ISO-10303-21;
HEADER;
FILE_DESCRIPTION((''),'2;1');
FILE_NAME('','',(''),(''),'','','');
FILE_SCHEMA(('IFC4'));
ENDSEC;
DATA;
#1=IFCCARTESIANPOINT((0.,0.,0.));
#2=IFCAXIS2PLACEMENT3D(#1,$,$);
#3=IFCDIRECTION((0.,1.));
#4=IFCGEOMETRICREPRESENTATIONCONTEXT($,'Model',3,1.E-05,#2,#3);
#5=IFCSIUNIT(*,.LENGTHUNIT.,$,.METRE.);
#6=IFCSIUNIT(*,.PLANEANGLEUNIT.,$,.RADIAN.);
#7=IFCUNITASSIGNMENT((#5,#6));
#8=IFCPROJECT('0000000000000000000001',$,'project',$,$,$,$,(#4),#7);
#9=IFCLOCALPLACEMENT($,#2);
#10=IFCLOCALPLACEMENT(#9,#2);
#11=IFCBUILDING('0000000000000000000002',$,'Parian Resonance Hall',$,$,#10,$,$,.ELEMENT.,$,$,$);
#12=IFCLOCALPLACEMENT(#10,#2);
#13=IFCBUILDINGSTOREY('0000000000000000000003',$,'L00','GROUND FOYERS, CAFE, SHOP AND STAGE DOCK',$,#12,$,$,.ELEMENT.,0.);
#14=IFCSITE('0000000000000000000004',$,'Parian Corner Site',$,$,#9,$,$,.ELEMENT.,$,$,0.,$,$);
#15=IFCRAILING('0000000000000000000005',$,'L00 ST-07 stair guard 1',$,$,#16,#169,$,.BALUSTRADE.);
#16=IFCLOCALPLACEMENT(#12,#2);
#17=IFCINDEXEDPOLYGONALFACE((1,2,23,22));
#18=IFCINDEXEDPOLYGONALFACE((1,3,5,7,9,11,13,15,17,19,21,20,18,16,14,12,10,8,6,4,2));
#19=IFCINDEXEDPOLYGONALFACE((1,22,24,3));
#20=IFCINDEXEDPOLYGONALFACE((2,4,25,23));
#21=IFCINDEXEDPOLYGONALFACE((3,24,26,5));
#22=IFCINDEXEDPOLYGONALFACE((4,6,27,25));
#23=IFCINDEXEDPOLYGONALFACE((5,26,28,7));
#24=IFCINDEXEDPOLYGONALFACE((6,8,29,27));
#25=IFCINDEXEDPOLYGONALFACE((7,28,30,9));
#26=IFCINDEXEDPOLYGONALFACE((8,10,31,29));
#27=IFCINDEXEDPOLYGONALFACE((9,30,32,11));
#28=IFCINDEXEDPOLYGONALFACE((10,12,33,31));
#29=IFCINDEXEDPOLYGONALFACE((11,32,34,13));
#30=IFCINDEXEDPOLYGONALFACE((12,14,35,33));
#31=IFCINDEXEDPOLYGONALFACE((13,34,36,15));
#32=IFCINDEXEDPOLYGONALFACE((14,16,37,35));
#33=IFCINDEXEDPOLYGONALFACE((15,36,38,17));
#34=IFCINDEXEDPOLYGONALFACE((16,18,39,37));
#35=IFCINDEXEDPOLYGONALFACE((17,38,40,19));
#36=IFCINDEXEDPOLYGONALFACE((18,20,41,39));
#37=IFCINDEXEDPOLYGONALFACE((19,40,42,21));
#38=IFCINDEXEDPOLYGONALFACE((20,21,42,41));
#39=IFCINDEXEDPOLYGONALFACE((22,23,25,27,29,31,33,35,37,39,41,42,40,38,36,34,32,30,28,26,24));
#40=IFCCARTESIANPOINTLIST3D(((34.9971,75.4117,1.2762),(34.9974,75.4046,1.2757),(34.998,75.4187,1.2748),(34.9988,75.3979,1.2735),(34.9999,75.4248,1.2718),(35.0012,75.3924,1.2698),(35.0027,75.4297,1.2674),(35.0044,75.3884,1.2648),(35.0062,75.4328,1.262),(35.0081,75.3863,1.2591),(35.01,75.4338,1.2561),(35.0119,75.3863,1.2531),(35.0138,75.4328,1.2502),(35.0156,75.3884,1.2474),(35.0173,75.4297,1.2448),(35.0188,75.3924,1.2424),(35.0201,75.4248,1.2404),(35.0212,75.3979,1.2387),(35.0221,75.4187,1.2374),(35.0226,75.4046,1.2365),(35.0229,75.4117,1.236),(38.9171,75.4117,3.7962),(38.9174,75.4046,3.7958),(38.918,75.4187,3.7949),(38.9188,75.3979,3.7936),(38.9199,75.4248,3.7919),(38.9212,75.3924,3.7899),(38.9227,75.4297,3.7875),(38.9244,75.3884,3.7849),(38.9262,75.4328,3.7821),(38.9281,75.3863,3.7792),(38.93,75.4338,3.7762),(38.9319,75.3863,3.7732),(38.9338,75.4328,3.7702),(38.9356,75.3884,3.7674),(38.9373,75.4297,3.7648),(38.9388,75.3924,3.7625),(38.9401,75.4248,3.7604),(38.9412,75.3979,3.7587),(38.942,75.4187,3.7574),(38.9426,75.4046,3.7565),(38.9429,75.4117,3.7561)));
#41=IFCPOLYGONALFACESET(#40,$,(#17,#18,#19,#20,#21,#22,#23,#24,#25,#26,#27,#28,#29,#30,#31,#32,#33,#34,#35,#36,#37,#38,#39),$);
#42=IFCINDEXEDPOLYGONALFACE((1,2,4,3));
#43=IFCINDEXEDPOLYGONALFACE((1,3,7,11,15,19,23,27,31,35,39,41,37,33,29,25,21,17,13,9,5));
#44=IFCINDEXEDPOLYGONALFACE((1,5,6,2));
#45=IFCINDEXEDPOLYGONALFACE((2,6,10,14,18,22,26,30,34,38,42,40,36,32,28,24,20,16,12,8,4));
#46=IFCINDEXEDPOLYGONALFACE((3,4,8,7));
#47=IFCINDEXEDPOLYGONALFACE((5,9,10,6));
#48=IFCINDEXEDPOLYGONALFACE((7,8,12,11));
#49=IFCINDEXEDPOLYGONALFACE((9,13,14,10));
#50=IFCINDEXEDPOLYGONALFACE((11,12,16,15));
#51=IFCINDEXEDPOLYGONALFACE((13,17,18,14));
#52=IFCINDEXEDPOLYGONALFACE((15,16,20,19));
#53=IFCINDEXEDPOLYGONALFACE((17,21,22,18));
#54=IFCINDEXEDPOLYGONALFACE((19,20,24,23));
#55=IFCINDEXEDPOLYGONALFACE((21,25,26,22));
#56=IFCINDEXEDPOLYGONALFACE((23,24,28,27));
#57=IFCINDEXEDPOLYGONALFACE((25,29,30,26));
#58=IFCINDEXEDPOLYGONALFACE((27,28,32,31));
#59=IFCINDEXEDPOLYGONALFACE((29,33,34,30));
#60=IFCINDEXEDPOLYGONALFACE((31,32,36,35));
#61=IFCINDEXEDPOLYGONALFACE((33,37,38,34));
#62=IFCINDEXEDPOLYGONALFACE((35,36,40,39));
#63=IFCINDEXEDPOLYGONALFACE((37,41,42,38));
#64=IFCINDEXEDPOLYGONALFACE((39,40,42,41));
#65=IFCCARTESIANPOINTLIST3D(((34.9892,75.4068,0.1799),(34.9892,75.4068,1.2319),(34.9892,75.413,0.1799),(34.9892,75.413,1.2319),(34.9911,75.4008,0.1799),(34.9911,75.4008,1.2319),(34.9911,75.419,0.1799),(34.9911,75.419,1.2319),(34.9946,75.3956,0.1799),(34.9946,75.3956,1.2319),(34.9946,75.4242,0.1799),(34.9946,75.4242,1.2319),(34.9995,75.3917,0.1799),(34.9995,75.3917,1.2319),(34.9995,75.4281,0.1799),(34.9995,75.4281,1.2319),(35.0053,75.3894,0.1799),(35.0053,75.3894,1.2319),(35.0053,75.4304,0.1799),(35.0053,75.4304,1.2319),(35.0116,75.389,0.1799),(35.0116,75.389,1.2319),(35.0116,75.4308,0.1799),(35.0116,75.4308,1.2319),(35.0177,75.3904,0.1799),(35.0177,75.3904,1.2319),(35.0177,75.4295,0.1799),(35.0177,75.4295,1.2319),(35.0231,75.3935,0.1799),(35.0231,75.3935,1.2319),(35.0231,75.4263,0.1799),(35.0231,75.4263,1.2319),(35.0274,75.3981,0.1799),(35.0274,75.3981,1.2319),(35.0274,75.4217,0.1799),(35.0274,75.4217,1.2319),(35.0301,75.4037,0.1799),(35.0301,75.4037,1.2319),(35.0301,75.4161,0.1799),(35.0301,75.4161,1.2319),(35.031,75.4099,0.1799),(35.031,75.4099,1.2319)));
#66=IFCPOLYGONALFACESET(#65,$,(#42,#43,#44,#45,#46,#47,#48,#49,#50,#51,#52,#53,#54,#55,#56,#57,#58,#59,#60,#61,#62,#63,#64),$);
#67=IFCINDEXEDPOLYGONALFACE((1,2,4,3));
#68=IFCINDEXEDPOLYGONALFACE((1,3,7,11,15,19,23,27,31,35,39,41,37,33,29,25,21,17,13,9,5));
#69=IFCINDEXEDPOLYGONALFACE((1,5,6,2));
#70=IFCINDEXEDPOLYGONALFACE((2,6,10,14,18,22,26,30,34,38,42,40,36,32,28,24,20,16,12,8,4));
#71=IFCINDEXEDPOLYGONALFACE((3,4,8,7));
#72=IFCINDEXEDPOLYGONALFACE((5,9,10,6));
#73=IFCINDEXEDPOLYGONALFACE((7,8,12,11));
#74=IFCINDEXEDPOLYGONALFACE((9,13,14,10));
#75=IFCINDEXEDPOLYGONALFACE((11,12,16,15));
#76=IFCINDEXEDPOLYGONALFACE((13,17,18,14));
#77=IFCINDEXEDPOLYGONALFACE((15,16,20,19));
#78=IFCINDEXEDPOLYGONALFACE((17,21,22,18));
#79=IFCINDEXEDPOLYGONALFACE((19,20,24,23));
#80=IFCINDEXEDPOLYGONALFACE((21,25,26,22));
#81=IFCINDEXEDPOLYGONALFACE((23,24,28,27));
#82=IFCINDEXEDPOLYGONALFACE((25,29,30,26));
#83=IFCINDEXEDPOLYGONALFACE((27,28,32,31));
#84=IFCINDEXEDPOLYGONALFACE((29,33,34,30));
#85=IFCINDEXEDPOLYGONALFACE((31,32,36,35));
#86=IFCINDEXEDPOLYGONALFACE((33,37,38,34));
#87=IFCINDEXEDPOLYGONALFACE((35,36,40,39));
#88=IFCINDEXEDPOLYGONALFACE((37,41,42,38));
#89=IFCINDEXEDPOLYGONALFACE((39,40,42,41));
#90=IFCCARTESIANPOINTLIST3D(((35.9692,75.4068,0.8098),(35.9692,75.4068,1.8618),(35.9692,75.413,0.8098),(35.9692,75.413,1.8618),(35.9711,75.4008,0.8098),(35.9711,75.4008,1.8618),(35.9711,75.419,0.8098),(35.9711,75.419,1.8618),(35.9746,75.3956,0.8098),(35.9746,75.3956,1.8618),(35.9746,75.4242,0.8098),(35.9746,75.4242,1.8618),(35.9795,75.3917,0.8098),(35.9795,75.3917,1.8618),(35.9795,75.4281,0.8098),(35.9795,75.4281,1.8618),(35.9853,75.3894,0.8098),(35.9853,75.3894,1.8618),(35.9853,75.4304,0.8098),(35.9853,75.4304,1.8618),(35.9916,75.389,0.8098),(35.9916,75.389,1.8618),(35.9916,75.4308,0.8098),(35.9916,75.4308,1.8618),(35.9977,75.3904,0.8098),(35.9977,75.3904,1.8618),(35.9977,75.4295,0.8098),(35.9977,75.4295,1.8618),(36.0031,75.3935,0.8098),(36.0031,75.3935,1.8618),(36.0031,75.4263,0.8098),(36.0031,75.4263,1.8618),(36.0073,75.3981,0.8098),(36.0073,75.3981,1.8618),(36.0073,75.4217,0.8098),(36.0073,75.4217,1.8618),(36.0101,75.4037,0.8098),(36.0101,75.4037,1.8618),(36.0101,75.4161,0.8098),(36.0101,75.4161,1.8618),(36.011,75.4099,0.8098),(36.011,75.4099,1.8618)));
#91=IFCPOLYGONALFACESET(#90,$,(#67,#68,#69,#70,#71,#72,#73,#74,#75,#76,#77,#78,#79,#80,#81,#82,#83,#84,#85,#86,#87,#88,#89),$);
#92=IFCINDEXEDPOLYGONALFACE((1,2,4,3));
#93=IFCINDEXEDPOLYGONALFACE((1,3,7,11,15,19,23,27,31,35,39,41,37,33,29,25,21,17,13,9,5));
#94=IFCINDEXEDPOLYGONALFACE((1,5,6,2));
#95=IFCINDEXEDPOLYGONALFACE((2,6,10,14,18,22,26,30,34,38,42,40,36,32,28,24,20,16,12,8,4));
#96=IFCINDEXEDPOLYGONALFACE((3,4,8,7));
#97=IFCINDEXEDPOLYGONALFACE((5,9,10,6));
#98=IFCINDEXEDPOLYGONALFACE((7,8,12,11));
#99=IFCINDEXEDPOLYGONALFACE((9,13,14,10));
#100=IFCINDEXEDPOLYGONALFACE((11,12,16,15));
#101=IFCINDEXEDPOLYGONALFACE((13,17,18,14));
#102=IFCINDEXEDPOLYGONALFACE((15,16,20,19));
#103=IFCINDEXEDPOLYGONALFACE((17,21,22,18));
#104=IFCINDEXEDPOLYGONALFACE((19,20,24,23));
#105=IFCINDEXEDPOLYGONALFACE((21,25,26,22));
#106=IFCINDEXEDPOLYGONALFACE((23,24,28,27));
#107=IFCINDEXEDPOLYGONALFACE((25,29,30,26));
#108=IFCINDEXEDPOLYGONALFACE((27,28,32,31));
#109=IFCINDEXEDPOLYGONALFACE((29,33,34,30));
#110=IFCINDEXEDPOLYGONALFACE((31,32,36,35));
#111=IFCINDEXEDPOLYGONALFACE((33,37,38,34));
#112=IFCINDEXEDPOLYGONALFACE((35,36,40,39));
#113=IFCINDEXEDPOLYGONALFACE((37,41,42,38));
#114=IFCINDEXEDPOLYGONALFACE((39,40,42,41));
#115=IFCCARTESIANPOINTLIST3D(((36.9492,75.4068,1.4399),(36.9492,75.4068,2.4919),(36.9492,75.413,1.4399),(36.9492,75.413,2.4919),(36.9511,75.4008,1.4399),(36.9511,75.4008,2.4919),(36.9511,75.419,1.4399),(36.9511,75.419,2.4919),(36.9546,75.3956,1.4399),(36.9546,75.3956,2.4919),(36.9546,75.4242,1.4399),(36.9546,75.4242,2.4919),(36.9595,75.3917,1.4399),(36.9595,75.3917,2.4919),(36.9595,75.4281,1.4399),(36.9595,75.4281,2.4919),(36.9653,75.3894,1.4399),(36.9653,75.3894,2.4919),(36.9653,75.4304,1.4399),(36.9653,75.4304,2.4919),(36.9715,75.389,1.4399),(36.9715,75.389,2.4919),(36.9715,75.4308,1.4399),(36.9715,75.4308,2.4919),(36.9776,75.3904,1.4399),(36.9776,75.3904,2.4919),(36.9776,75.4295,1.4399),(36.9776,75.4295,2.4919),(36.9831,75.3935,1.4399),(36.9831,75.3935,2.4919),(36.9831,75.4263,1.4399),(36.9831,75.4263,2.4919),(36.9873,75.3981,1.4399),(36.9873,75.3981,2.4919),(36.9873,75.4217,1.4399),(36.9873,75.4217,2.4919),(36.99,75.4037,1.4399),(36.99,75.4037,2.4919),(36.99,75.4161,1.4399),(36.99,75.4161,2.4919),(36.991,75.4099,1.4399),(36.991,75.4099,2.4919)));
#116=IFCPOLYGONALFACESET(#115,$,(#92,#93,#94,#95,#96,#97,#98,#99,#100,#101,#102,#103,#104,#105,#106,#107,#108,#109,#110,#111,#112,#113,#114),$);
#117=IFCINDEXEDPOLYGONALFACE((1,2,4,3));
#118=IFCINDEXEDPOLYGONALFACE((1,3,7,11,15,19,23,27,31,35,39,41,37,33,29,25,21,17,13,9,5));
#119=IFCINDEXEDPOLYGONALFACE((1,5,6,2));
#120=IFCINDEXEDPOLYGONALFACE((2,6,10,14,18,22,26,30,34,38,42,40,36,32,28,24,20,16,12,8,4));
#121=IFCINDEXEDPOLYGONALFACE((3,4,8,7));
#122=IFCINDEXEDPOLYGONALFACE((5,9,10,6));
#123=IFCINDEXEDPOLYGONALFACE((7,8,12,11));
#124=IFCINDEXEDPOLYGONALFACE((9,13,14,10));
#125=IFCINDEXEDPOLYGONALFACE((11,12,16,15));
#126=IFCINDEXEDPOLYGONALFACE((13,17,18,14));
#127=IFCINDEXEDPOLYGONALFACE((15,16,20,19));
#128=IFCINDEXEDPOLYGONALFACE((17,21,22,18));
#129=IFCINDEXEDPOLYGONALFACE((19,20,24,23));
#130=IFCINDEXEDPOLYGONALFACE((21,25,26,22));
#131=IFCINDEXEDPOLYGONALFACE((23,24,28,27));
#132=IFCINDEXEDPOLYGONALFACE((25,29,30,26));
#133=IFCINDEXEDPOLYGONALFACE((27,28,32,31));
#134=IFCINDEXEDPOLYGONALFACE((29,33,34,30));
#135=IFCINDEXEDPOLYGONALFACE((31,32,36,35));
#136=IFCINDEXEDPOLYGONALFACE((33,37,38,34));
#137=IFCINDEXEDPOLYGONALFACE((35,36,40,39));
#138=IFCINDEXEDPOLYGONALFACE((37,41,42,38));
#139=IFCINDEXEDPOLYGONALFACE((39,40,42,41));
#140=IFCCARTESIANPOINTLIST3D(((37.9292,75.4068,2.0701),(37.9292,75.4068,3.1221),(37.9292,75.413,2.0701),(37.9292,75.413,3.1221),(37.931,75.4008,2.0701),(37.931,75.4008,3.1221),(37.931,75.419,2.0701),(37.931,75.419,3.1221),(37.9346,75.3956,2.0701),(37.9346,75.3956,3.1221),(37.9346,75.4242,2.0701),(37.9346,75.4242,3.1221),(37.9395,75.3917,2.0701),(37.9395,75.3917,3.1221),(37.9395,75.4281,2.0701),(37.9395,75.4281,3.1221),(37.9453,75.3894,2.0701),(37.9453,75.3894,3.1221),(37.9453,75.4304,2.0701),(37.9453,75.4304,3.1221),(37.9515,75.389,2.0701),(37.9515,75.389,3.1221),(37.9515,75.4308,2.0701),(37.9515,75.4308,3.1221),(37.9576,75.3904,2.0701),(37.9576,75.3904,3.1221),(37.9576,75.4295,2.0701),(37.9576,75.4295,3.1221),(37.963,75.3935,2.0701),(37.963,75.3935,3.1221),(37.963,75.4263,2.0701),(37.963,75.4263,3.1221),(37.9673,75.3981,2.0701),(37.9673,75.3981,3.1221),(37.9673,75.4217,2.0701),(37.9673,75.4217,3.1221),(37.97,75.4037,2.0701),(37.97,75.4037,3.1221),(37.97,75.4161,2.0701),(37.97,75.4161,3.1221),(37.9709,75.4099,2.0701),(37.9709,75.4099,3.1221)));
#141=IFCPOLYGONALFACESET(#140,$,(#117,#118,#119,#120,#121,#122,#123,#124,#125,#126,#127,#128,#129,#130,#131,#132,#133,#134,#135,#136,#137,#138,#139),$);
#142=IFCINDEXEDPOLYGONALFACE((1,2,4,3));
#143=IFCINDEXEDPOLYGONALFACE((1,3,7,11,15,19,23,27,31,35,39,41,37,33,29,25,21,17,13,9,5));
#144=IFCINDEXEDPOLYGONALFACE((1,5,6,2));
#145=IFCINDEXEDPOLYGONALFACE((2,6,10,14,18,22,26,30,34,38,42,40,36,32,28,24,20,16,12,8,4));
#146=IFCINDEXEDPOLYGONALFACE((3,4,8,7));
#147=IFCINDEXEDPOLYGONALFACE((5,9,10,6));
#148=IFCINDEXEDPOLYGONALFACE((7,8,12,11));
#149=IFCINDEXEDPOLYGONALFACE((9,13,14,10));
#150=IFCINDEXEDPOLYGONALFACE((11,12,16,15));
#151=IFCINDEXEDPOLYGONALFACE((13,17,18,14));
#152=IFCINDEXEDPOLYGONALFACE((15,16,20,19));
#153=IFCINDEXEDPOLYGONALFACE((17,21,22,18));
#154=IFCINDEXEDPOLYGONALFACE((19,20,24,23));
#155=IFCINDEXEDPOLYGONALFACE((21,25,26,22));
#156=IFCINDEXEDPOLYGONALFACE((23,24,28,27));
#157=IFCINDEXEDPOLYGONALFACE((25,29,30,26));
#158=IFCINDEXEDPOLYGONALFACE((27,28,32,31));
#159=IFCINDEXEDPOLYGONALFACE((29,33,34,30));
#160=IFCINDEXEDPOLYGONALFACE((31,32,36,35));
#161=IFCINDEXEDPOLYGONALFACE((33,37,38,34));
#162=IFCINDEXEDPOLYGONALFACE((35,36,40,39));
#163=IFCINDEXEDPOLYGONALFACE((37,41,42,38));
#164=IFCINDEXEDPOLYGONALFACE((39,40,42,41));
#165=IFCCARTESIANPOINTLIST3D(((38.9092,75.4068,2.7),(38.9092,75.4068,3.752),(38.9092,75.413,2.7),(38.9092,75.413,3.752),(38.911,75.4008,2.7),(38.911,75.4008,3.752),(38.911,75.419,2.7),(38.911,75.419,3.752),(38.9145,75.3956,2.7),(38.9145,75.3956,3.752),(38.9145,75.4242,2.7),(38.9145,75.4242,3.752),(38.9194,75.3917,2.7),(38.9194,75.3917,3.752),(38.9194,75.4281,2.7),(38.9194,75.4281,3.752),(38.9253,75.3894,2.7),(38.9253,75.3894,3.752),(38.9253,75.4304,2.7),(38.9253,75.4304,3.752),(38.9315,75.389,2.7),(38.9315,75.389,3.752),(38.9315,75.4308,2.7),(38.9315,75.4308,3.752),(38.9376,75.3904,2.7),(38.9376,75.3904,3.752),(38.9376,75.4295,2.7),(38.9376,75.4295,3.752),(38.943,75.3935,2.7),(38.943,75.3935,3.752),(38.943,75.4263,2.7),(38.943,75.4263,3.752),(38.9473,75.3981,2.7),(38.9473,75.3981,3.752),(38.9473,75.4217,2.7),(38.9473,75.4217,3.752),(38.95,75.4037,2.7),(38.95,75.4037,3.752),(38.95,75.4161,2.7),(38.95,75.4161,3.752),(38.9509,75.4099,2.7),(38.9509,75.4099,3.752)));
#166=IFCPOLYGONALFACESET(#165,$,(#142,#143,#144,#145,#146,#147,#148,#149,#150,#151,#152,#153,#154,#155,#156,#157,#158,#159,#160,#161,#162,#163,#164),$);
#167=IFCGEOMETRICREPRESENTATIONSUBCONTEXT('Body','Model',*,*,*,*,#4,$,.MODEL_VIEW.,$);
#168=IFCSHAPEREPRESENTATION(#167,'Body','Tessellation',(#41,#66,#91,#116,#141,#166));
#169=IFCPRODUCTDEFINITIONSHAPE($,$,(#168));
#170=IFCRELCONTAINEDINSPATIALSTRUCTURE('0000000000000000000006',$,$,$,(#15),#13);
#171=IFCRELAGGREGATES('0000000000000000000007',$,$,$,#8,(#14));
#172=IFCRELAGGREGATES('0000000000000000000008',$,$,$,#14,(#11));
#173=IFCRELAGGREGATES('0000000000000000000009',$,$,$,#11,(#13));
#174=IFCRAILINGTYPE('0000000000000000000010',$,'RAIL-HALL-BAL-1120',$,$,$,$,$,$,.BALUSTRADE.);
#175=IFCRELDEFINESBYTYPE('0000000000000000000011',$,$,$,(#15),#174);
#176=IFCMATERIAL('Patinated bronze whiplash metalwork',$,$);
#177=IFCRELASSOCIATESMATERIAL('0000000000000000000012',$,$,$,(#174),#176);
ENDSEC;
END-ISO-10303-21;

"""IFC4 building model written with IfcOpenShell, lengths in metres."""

from ifc_helpers import new_model, si_unit, direction, frame, origin, origin_2d, place, context, subcontext, project, spatial, circle, extrude, material, type_object, element, save


model = new_model("IFC4")

# Units and contexts
model_context = context("Model", 3, precision=1e-05, world=origin(), true_north=direction((0.0, 1.0)))
body_context = subcontext(model_context, "Body", "Model", "MODEL_VIEW")
ifc_project = project(units=[si_unit("LENGTHUNIT", "METRE"), si_unit("PLANEANGLEUNIT", "RADIAN")], contexts=[model_context])

# Site, building, storey
site_placement = place(None, origin())
site = spatial("IfcSite", under=ifc_project, at=site_placement, Name="Parian Corner Site", CompositionType="ELEMENT", RefElevation=0.0)
building_placement = place(site_placement, origin())
building = spatial("IfcBuilding", under=site, at=building_placement, Name="Parian Resonance Hall", CompositionType="ELEMENT")
storey_placement = place(building_placement, origin())
storey = spatial("IfcBuildingStorey", under=building, at=storey_placement, Name="L00", Description="GROUND FOYERS, CAFE, SHOP AND STAGE DOCK", CompositionType="ELEMENT", Elevation=0.0)

# Railing
ifc_material_1 = material(Name="Patinated bronze whiplash metalwork")
railing_type_1 = type_object("IfcRailingType", Name="RAIL-HALL-BAL-1120", PredefinedType="BALUSTRADE", material=ifc_material_1)
railing_1_placement = place(storey_placement, frame((35.01, 75.4099, 0.1799)))
element("IfcRailing", 1, at=railing_1_placement, inside=storey, type_object=railing_type_1, Name="L00 ST-07 stair guard 1", PredefinedType="BALUSTRADE", context=body_context, shape_type="SweptSolid", body=[
    extrude(circle(Radius=0.0239, at=origin_2d()), frame((0.0, 0.0, 1.0762), z_axis=(0.841172, 0.0, 0.540768), x_axis=(0.0, 1.0, 0.0)), (0.0, 0.0, 1.0), 4.6602),
    extrude(circle(Radius=0.021, at=origin_2d()), origin(), (0.0, 0.0, 1.0), 1.052),
    extrude(circle(Radius=0.021, at=origin_2d()), frame((0.98, 0.0, 0.6299)), (0.0, 0.0, 1.0), 1.052),
    extrude(circle(Radius=0.021, at=origin_2d()), frame((1.96, 0.0, 1.26)), (0.0, 0.0, 1.0), 1.052),
    extrude(circle(Radius=0.021, at=origin_2d()), frame((2.9399, 0.0, 1.8901)), (0.0, 0.0, 1.0), 1.052),
    extrude(circle(Radius=0.021, at=origin_2d()), frame((3.9199, 0.0, 2.52)), (0.0, 0.0, 1.0), 1.052),
])

save(model, "model.ifc")
